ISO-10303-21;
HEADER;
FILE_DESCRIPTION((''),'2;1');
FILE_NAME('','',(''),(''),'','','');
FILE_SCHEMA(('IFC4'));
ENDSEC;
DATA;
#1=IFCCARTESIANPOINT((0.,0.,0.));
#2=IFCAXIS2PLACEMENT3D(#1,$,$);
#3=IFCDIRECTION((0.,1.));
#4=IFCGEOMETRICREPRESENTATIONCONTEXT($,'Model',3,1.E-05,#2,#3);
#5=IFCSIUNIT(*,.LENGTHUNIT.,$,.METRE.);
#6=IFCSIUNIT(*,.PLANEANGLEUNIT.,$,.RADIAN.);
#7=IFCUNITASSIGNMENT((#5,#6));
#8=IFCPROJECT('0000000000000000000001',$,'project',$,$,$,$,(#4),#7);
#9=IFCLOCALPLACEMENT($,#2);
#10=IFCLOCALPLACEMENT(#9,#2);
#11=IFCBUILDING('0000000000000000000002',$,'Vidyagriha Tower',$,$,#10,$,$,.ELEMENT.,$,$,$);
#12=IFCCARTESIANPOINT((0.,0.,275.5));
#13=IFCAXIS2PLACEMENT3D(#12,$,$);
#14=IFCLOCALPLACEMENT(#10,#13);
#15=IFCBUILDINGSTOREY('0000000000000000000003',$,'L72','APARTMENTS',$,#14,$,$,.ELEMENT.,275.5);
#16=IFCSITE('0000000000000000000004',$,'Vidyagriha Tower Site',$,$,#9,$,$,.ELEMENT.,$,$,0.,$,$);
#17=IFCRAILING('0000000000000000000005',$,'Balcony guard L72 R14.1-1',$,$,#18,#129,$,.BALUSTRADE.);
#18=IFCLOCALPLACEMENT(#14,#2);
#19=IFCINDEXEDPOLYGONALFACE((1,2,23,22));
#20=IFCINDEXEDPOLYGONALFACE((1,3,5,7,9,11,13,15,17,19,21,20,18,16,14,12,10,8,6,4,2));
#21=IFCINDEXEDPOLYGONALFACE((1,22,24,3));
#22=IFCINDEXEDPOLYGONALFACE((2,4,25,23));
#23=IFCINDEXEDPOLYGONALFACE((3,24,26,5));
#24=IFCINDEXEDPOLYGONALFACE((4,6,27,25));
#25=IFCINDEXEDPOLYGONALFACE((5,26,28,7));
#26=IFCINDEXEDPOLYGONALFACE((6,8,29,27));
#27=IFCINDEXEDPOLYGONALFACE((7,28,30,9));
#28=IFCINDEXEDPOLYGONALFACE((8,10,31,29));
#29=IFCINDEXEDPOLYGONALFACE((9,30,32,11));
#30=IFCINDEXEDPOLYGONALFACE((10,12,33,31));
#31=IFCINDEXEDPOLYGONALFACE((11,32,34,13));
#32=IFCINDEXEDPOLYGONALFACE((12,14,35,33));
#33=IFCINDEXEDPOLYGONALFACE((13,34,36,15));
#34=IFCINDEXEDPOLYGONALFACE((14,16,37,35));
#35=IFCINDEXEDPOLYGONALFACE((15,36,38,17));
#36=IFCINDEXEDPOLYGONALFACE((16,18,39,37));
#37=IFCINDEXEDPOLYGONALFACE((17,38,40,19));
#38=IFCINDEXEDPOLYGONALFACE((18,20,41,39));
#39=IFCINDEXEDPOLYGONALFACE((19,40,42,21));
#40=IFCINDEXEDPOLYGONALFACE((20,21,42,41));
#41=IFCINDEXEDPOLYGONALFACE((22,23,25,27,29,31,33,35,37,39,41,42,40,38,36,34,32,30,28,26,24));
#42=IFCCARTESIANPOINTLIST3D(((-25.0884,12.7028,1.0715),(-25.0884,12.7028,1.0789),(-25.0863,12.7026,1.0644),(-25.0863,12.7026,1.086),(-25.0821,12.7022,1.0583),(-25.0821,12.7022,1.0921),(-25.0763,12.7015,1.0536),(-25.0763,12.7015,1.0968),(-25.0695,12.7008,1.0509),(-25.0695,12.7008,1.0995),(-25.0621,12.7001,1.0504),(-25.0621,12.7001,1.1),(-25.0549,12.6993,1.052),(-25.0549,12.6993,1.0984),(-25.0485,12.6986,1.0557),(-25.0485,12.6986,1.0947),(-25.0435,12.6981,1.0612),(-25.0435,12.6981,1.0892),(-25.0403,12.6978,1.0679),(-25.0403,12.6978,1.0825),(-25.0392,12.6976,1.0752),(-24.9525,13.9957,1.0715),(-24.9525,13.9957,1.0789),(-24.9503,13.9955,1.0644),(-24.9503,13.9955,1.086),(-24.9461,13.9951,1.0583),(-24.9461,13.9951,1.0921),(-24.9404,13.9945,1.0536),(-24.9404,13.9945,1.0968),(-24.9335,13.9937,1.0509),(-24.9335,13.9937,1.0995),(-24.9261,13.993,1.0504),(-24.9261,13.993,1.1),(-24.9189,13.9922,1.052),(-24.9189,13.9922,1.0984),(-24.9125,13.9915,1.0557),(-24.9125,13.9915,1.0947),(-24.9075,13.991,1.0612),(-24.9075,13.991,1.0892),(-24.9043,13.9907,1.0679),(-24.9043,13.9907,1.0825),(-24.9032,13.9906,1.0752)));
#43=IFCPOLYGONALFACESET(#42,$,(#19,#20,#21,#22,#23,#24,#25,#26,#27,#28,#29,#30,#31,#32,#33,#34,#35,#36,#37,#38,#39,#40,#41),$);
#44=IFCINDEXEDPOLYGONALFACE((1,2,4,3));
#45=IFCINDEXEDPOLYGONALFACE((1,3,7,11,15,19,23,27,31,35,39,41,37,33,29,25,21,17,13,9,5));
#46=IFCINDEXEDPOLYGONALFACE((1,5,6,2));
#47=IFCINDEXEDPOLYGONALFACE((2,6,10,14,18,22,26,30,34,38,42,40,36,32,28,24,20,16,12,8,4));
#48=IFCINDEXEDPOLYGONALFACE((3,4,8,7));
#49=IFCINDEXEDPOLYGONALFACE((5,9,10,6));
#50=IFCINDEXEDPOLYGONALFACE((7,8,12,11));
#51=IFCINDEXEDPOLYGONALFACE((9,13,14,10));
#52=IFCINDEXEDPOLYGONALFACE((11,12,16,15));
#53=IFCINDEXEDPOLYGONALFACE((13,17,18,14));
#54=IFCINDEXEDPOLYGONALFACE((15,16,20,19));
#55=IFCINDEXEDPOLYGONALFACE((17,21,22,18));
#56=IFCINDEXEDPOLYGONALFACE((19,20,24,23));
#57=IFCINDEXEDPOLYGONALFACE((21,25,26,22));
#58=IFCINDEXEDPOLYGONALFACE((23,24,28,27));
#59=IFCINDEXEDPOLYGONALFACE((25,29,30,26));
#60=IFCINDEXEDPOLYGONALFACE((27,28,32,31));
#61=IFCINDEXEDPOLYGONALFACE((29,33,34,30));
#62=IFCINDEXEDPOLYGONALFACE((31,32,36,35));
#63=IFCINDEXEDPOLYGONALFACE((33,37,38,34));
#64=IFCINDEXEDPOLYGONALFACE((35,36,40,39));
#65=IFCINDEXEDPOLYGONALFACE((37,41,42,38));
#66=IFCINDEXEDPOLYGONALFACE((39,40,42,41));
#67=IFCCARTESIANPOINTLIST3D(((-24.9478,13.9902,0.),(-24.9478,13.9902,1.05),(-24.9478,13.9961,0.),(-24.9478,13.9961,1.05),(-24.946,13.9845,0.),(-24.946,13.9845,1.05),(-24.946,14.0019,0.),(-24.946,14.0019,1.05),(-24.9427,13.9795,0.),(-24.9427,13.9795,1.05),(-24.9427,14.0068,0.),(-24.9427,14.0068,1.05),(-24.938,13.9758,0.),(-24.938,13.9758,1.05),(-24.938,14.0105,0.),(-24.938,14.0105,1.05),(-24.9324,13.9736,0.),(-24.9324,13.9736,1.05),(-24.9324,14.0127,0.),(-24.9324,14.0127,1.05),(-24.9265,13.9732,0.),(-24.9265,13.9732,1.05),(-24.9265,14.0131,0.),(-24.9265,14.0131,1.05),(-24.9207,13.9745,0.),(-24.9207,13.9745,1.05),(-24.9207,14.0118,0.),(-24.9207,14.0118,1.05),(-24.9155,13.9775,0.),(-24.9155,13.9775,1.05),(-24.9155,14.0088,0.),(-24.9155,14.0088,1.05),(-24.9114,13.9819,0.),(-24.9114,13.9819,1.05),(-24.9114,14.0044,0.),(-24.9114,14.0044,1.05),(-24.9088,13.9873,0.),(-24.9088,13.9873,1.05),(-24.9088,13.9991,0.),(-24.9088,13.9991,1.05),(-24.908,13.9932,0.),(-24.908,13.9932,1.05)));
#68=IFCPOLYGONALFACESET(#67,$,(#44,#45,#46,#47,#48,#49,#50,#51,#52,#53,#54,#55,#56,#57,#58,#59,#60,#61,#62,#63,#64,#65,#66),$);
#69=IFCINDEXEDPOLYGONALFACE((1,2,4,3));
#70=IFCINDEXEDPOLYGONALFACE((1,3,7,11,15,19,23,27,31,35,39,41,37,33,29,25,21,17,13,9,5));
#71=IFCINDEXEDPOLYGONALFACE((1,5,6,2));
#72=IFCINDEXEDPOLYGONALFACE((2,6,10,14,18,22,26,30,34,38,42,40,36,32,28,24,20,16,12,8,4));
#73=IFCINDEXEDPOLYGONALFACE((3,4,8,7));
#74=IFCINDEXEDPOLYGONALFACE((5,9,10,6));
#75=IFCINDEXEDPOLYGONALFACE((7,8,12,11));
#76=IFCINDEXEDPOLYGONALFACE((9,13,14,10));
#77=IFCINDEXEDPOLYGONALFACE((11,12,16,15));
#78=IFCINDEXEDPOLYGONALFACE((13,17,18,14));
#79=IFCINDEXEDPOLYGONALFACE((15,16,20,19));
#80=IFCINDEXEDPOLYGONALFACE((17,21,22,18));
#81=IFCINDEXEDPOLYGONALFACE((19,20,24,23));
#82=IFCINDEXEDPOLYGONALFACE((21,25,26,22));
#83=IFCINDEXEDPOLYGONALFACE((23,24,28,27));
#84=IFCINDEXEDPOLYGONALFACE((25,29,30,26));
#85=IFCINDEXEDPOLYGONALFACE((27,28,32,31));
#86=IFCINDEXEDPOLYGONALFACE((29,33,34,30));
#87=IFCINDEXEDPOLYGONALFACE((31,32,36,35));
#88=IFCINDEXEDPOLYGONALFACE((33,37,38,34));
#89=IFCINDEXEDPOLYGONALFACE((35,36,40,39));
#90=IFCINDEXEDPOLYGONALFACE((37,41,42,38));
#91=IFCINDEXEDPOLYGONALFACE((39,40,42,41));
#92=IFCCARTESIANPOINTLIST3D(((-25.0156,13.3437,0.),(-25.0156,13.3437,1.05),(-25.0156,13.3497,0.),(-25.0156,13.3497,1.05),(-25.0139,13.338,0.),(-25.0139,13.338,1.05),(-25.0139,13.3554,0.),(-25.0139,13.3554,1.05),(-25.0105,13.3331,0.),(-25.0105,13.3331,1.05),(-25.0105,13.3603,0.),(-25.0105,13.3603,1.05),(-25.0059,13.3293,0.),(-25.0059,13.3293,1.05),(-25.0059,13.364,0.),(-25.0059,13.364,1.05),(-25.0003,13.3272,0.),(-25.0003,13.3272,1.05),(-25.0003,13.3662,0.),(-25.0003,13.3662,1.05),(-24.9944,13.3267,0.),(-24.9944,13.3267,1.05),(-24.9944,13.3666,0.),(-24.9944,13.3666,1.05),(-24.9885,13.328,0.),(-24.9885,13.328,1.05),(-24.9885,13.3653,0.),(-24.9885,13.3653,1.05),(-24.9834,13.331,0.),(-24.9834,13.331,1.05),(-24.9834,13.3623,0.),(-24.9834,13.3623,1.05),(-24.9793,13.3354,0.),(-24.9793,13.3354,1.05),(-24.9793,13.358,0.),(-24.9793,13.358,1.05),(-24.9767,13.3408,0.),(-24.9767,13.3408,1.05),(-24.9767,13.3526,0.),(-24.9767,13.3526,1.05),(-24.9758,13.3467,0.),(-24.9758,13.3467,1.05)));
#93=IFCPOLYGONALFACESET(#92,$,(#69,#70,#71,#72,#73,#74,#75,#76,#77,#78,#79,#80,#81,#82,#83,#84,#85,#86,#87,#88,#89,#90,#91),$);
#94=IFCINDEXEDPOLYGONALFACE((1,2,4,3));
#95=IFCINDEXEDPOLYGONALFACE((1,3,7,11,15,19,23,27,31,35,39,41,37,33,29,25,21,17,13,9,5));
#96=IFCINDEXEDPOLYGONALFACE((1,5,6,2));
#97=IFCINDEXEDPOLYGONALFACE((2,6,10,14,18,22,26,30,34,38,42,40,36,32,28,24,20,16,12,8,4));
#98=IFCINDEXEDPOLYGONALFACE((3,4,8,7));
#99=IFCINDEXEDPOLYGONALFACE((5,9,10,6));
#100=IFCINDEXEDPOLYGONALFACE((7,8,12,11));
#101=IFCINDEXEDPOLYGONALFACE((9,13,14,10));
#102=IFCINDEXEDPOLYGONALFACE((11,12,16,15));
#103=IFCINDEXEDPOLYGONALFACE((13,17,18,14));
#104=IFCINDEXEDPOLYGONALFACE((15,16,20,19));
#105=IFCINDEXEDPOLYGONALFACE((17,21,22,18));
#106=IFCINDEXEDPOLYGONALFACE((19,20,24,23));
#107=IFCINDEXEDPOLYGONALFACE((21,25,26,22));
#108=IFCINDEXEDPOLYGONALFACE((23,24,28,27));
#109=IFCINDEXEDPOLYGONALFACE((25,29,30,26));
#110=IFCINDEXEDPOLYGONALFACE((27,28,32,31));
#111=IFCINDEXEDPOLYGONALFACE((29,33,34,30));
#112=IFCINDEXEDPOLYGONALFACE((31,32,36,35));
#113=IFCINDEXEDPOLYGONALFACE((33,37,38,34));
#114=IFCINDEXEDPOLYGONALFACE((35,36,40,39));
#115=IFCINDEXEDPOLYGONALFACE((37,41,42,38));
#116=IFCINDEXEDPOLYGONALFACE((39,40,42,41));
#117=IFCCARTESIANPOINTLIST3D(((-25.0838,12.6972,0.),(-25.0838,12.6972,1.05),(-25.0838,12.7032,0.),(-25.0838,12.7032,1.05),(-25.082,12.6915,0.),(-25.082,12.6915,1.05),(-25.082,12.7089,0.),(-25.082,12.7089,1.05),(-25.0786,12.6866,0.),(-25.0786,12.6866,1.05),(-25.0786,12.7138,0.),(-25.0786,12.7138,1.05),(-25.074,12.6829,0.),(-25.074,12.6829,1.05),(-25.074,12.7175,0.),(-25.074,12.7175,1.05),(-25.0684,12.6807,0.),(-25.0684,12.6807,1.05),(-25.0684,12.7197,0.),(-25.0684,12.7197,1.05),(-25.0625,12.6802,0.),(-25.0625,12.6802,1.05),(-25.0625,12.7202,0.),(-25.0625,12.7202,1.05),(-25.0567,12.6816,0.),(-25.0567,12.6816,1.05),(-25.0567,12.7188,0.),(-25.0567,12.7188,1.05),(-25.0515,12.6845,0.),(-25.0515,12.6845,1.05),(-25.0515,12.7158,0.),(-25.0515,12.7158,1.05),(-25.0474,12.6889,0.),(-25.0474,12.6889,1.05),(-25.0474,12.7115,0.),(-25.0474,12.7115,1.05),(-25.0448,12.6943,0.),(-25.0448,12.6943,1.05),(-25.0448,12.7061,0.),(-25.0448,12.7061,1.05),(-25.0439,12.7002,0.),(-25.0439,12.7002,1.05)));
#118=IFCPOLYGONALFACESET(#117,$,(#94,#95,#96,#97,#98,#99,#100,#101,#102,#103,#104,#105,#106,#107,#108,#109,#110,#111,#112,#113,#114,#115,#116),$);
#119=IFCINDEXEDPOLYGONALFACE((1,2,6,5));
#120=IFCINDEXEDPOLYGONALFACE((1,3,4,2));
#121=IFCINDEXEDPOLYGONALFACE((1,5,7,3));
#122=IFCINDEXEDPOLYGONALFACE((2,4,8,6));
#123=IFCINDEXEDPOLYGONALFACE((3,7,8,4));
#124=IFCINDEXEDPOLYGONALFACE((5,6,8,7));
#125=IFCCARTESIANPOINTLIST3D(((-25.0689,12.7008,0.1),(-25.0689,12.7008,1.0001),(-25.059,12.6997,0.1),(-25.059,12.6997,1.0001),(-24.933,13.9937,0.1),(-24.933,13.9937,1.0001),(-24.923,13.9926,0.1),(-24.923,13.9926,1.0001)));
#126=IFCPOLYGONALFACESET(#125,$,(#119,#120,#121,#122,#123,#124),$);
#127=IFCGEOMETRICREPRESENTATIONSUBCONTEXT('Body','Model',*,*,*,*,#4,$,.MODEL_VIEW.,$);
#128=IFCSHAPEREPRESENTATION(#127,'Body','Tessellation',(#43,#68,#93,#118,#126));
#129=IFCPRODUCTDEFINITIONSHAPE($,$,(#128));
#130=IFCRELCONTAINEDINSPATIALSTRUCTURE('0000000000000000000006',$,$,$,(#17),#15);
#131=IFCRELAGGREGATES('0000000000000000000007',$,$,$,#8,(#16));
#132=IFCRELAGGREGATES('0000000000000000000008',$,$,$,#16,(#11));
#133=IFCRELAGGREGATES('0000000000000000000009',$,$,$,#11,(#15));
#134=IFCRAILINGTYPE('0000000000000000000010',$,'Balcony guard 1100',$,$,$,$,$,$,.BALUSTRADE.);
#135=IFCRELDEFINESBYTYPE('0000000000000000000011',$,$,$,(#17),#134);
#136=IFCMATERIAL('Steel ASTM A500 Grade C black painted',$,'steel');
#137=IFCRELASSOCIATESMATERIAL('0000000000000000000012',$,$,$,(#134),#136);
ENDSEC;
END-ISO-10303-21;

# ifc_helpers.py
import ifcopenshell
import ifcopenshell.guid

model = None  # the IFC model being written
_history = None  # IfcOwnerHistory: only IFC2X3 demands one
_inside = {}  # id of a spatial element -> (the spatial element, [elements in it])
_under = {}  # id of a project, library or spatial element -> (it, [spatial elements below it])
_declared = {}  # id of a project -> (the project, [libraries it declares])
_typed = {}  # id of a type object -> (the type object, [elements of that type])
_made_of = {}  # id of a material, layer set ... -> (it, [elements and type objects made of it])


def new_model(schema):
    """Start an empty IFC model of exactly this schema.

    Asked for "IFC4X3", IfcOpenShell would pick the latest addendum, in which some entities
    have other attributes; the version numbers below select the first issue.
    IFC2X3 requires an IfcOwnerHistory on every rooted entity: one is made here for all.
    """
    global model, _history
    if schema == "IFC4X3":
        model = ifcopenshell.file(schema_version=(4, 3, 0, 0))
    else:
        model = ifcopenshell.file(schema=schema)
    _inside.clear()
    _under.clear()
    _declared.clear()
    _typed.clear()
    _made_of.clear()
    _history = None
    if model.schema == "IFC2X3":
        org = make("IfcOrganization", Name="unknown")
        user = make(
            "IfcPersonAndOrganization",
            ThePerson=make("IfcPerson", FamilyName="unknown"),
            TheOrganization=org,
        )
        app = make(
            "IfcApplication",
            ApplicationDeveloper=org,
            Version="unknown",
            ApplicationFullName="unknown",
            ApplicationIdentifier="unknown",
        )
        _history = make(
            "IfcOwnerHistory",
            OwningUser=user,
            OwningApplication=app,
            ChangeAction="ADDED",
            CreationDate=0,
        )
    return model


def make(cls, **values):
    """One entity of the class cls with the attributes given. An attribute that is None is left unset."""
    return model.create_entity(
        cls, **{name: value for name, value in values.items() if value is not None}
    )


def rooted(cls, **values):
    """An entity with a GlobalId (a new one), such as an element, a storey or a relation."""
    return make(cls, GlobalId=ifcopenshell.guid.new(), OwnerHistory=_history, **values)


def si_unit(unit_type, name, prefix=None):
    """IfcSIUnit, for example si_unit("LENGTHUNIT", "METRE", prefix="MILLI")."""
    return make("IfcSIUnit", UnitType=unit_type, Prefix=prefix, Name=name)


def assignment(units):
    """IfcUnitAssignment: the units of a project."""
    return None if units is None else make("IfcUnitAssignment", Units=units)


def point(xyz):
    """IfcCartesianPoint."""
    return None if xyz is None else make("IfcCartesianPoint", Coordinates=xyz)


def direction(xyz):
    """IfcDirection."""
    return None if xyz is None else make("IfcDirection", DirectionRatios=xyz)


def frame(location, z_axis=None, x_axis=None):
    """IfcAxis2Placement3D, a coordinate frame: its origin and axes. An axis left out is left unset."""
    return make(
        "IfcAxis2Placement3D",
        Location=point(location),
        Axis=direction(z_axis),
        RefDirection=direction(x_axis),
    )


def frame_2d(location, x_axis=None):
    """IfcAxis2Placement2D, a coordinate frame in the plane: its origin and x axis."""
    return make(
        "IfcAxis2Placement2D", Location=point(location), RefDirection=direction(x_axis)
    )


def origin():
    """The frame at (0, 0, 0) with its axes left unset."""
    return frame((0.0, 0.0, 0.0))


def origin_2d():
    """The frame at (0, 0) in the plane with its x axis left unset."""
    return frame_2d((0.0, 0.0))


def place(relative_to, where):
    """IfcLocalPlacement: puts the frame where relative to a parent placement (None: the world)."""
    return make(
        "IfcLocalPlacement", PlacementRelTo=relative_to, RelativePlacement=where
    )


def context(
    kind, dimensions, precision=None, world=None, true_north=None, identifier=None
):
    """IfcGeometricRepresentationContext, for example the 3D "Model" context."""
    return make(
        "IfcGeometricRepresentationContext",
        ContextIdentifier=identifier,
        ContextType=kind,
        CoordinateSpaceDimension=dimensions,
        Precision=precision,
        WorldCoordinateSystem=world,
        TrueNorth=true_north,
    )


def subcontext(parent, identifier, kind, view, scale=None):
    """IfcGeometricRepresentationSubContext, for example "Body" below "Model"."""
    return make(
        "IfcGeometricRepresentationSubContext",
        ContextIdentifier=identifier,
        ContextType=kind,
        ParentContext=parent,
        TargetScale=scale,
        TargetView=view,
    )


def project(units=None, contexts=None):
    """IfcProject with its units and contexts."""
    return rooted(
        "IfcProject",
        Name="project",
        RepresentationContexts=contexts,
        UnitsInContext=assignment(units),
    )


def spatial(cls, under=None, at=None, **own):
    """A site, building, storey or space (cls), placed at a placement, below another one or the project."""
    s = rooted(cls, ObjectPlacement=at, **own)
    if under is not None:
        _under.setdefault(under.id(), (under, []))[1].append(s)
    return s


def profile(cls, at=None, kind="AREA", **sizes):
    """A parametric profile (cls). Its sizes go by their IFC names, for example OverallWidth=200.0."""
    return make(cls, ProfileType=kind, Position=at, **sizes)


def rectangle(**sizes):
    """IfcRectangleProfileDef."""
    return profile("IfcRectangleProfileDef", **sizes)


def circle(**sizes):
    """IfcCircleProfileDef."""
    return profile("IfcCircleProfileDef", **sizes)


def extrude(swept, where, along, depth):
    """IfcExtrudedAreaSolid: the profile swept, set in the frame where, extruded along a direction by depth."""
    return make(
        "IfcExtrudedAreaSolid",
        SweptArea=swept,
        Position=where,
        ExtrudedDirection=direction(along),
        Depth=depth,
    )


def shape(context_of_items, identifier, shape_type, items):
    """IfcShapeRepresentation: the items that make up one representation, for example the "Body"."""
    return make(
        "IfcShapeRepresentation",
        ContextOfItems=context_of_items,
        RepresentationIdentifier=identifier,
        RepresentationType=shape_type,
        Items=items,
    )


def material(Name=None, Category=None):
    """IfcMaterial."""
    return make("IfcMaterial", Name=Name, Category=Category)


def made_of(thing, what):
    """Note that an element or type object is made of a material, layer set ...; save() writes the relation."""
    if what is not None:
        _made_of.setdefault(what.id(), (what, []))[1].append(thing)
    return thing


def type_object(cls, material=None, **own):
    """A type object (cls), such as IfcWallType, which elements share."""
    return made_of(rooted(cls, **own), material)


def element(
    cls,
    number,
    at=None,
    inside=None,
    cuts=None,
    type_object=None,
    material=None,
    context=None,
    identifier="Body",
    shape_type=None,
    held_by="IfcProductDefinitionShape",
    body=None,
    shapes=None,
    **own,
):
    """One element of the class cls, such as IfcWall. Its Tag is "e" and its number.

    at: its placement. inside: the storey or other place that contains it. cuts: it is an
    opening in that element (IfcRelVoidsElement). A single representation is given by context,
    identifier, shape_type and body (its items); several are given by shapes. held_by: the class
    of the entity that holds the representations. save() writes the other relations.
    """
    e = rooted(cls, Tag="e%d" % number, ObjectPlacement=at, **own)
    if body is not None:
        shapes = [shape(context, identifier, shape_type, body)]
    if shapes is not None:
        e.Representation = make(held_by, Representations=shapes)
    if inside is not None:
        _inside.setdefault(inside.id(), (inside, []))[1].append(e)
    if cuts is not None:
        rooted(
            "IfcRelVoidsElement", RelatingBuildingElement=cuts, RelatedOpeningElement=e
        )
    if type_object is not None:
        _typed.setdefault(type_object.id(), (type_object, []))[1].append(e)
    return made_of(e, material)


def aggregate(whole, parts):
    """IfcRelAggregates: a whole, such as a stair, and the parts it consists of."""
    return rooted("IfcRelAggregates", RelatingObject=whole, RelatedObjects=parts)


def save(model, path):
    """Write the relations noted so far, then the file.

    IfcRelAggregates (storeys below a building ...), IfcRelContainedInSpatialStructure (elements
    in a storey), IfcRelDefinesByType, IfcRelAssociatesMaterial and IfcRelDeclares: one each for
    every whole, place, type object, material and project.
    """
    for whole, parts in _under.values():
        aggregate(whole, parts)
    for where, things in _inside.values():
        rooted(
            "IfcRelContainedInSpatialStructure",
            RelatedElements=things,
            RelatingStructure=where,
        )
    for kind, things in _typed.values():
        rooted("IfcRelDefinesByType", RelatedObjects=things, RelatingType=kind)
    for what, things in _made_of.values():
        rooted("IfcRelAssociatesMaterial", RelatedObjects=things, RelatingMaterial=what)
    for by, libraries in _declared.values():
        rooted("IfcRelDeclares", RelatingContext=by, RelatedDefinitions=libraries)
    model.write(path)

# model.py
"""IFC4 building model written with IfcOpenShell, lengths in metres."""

from ifc_helpers import new_model, si_unit, direction, frame, origin, origin_2d, place, context, subcontext, project, spatial, rectangle, circle, extrude, material, type_object, element, save


model = new_model("IFC4")

# Units and contexts
model_context = context("Model", 3, precision=1e-05, world=origin(), true_north=direction((0.0, 1.0)))
body_context = subcontext(model_context, "Body", "Model", "MODEL_VIEW")
ifc_project = project(units=[si_unit("LENGTHUNIT", "METRE"), si_unit("PLANEANGLEUNIT", "RADIAN")], contexts=[model_context])

# Site, building, storey
site_placement = place(None, origin())
site = spatial("IfcSite", under=ifc_project, at=site_placement, Name="Vidyagriha Tower Site", CompositionType="ELEMENT", RefElevation=0.0)
building_placement = place(site_placement, origin())
building = spatial("IfcBuilding", under=site, at=building_placement, Name="Vidyagriha Tower", CompositionType="ELEMENT")
storey_placement = place(building_placement, frame((0.0, 0.0, 275.5)))
storey = spatial("IfcBuildingStorey", under=building, at=storey_placement, Name="L72", Description="APARTMENTS", CompositionType="ELEMENT", Elevation=275.5)

# Railing
ifc_material_1 = material(Name="Steel ASTM A500 Grade C black painted", Category="steel")
railing_type_1 = type_object("IfcRailingType", Name="Balcony guard 1100", PredefinedType="BALUSTRADE", material=ifc_material_1)
railing_1_placement = place(storey_placement, frame((-24.928, 13.9932, 0.0)))
element("IfcRailing", 1, at=railing_1_placement, inside=storey, type_object=railing_type_1, Name="Balcony guard L72 R14.1-1", PredefinedType="BALUSTRADE", context=body_context, shape_type="SweptSolid", body=[
    extrude(circle(Radius=0.0249, at=origin_2d()), frame((0.0, 0.0, 1.0752), z_axis=(-0.104597, -0.994515, 0.0), x_axis=(0.994515, -0.104597, 0.0)), (0.0, 0.0, 1.0), 1.3),
    extrude(circle(Radius=0.02, at=origin_2d()), origin(), (0.0, 0.0, 1.0), 1.05),
    extrude(circle(Radius=0.02, at=origin_2d()), frame((-0.0679, -0.6465, 0.0)), (0.0, 0.0, 1.0), 1.05),
    extrude(circle(Radius=0.02, at=origin_2d()), frame((-0.136, -1.293, 0.0)), (0.0, 0.0, 1.0), 1.05),
    extrude(rectangle(XDim=0.01, YDim=0.9001, at=origin_2d()), frame((0.0, 0.0, 0.55), z_axis=(-0.104597, -0.994515, 0.0), x_axis=(0.994515, -0.104597, 0.0)), (0.0, 0.0, 1.0), 1.3),
])

save(model, "model.ifc")
